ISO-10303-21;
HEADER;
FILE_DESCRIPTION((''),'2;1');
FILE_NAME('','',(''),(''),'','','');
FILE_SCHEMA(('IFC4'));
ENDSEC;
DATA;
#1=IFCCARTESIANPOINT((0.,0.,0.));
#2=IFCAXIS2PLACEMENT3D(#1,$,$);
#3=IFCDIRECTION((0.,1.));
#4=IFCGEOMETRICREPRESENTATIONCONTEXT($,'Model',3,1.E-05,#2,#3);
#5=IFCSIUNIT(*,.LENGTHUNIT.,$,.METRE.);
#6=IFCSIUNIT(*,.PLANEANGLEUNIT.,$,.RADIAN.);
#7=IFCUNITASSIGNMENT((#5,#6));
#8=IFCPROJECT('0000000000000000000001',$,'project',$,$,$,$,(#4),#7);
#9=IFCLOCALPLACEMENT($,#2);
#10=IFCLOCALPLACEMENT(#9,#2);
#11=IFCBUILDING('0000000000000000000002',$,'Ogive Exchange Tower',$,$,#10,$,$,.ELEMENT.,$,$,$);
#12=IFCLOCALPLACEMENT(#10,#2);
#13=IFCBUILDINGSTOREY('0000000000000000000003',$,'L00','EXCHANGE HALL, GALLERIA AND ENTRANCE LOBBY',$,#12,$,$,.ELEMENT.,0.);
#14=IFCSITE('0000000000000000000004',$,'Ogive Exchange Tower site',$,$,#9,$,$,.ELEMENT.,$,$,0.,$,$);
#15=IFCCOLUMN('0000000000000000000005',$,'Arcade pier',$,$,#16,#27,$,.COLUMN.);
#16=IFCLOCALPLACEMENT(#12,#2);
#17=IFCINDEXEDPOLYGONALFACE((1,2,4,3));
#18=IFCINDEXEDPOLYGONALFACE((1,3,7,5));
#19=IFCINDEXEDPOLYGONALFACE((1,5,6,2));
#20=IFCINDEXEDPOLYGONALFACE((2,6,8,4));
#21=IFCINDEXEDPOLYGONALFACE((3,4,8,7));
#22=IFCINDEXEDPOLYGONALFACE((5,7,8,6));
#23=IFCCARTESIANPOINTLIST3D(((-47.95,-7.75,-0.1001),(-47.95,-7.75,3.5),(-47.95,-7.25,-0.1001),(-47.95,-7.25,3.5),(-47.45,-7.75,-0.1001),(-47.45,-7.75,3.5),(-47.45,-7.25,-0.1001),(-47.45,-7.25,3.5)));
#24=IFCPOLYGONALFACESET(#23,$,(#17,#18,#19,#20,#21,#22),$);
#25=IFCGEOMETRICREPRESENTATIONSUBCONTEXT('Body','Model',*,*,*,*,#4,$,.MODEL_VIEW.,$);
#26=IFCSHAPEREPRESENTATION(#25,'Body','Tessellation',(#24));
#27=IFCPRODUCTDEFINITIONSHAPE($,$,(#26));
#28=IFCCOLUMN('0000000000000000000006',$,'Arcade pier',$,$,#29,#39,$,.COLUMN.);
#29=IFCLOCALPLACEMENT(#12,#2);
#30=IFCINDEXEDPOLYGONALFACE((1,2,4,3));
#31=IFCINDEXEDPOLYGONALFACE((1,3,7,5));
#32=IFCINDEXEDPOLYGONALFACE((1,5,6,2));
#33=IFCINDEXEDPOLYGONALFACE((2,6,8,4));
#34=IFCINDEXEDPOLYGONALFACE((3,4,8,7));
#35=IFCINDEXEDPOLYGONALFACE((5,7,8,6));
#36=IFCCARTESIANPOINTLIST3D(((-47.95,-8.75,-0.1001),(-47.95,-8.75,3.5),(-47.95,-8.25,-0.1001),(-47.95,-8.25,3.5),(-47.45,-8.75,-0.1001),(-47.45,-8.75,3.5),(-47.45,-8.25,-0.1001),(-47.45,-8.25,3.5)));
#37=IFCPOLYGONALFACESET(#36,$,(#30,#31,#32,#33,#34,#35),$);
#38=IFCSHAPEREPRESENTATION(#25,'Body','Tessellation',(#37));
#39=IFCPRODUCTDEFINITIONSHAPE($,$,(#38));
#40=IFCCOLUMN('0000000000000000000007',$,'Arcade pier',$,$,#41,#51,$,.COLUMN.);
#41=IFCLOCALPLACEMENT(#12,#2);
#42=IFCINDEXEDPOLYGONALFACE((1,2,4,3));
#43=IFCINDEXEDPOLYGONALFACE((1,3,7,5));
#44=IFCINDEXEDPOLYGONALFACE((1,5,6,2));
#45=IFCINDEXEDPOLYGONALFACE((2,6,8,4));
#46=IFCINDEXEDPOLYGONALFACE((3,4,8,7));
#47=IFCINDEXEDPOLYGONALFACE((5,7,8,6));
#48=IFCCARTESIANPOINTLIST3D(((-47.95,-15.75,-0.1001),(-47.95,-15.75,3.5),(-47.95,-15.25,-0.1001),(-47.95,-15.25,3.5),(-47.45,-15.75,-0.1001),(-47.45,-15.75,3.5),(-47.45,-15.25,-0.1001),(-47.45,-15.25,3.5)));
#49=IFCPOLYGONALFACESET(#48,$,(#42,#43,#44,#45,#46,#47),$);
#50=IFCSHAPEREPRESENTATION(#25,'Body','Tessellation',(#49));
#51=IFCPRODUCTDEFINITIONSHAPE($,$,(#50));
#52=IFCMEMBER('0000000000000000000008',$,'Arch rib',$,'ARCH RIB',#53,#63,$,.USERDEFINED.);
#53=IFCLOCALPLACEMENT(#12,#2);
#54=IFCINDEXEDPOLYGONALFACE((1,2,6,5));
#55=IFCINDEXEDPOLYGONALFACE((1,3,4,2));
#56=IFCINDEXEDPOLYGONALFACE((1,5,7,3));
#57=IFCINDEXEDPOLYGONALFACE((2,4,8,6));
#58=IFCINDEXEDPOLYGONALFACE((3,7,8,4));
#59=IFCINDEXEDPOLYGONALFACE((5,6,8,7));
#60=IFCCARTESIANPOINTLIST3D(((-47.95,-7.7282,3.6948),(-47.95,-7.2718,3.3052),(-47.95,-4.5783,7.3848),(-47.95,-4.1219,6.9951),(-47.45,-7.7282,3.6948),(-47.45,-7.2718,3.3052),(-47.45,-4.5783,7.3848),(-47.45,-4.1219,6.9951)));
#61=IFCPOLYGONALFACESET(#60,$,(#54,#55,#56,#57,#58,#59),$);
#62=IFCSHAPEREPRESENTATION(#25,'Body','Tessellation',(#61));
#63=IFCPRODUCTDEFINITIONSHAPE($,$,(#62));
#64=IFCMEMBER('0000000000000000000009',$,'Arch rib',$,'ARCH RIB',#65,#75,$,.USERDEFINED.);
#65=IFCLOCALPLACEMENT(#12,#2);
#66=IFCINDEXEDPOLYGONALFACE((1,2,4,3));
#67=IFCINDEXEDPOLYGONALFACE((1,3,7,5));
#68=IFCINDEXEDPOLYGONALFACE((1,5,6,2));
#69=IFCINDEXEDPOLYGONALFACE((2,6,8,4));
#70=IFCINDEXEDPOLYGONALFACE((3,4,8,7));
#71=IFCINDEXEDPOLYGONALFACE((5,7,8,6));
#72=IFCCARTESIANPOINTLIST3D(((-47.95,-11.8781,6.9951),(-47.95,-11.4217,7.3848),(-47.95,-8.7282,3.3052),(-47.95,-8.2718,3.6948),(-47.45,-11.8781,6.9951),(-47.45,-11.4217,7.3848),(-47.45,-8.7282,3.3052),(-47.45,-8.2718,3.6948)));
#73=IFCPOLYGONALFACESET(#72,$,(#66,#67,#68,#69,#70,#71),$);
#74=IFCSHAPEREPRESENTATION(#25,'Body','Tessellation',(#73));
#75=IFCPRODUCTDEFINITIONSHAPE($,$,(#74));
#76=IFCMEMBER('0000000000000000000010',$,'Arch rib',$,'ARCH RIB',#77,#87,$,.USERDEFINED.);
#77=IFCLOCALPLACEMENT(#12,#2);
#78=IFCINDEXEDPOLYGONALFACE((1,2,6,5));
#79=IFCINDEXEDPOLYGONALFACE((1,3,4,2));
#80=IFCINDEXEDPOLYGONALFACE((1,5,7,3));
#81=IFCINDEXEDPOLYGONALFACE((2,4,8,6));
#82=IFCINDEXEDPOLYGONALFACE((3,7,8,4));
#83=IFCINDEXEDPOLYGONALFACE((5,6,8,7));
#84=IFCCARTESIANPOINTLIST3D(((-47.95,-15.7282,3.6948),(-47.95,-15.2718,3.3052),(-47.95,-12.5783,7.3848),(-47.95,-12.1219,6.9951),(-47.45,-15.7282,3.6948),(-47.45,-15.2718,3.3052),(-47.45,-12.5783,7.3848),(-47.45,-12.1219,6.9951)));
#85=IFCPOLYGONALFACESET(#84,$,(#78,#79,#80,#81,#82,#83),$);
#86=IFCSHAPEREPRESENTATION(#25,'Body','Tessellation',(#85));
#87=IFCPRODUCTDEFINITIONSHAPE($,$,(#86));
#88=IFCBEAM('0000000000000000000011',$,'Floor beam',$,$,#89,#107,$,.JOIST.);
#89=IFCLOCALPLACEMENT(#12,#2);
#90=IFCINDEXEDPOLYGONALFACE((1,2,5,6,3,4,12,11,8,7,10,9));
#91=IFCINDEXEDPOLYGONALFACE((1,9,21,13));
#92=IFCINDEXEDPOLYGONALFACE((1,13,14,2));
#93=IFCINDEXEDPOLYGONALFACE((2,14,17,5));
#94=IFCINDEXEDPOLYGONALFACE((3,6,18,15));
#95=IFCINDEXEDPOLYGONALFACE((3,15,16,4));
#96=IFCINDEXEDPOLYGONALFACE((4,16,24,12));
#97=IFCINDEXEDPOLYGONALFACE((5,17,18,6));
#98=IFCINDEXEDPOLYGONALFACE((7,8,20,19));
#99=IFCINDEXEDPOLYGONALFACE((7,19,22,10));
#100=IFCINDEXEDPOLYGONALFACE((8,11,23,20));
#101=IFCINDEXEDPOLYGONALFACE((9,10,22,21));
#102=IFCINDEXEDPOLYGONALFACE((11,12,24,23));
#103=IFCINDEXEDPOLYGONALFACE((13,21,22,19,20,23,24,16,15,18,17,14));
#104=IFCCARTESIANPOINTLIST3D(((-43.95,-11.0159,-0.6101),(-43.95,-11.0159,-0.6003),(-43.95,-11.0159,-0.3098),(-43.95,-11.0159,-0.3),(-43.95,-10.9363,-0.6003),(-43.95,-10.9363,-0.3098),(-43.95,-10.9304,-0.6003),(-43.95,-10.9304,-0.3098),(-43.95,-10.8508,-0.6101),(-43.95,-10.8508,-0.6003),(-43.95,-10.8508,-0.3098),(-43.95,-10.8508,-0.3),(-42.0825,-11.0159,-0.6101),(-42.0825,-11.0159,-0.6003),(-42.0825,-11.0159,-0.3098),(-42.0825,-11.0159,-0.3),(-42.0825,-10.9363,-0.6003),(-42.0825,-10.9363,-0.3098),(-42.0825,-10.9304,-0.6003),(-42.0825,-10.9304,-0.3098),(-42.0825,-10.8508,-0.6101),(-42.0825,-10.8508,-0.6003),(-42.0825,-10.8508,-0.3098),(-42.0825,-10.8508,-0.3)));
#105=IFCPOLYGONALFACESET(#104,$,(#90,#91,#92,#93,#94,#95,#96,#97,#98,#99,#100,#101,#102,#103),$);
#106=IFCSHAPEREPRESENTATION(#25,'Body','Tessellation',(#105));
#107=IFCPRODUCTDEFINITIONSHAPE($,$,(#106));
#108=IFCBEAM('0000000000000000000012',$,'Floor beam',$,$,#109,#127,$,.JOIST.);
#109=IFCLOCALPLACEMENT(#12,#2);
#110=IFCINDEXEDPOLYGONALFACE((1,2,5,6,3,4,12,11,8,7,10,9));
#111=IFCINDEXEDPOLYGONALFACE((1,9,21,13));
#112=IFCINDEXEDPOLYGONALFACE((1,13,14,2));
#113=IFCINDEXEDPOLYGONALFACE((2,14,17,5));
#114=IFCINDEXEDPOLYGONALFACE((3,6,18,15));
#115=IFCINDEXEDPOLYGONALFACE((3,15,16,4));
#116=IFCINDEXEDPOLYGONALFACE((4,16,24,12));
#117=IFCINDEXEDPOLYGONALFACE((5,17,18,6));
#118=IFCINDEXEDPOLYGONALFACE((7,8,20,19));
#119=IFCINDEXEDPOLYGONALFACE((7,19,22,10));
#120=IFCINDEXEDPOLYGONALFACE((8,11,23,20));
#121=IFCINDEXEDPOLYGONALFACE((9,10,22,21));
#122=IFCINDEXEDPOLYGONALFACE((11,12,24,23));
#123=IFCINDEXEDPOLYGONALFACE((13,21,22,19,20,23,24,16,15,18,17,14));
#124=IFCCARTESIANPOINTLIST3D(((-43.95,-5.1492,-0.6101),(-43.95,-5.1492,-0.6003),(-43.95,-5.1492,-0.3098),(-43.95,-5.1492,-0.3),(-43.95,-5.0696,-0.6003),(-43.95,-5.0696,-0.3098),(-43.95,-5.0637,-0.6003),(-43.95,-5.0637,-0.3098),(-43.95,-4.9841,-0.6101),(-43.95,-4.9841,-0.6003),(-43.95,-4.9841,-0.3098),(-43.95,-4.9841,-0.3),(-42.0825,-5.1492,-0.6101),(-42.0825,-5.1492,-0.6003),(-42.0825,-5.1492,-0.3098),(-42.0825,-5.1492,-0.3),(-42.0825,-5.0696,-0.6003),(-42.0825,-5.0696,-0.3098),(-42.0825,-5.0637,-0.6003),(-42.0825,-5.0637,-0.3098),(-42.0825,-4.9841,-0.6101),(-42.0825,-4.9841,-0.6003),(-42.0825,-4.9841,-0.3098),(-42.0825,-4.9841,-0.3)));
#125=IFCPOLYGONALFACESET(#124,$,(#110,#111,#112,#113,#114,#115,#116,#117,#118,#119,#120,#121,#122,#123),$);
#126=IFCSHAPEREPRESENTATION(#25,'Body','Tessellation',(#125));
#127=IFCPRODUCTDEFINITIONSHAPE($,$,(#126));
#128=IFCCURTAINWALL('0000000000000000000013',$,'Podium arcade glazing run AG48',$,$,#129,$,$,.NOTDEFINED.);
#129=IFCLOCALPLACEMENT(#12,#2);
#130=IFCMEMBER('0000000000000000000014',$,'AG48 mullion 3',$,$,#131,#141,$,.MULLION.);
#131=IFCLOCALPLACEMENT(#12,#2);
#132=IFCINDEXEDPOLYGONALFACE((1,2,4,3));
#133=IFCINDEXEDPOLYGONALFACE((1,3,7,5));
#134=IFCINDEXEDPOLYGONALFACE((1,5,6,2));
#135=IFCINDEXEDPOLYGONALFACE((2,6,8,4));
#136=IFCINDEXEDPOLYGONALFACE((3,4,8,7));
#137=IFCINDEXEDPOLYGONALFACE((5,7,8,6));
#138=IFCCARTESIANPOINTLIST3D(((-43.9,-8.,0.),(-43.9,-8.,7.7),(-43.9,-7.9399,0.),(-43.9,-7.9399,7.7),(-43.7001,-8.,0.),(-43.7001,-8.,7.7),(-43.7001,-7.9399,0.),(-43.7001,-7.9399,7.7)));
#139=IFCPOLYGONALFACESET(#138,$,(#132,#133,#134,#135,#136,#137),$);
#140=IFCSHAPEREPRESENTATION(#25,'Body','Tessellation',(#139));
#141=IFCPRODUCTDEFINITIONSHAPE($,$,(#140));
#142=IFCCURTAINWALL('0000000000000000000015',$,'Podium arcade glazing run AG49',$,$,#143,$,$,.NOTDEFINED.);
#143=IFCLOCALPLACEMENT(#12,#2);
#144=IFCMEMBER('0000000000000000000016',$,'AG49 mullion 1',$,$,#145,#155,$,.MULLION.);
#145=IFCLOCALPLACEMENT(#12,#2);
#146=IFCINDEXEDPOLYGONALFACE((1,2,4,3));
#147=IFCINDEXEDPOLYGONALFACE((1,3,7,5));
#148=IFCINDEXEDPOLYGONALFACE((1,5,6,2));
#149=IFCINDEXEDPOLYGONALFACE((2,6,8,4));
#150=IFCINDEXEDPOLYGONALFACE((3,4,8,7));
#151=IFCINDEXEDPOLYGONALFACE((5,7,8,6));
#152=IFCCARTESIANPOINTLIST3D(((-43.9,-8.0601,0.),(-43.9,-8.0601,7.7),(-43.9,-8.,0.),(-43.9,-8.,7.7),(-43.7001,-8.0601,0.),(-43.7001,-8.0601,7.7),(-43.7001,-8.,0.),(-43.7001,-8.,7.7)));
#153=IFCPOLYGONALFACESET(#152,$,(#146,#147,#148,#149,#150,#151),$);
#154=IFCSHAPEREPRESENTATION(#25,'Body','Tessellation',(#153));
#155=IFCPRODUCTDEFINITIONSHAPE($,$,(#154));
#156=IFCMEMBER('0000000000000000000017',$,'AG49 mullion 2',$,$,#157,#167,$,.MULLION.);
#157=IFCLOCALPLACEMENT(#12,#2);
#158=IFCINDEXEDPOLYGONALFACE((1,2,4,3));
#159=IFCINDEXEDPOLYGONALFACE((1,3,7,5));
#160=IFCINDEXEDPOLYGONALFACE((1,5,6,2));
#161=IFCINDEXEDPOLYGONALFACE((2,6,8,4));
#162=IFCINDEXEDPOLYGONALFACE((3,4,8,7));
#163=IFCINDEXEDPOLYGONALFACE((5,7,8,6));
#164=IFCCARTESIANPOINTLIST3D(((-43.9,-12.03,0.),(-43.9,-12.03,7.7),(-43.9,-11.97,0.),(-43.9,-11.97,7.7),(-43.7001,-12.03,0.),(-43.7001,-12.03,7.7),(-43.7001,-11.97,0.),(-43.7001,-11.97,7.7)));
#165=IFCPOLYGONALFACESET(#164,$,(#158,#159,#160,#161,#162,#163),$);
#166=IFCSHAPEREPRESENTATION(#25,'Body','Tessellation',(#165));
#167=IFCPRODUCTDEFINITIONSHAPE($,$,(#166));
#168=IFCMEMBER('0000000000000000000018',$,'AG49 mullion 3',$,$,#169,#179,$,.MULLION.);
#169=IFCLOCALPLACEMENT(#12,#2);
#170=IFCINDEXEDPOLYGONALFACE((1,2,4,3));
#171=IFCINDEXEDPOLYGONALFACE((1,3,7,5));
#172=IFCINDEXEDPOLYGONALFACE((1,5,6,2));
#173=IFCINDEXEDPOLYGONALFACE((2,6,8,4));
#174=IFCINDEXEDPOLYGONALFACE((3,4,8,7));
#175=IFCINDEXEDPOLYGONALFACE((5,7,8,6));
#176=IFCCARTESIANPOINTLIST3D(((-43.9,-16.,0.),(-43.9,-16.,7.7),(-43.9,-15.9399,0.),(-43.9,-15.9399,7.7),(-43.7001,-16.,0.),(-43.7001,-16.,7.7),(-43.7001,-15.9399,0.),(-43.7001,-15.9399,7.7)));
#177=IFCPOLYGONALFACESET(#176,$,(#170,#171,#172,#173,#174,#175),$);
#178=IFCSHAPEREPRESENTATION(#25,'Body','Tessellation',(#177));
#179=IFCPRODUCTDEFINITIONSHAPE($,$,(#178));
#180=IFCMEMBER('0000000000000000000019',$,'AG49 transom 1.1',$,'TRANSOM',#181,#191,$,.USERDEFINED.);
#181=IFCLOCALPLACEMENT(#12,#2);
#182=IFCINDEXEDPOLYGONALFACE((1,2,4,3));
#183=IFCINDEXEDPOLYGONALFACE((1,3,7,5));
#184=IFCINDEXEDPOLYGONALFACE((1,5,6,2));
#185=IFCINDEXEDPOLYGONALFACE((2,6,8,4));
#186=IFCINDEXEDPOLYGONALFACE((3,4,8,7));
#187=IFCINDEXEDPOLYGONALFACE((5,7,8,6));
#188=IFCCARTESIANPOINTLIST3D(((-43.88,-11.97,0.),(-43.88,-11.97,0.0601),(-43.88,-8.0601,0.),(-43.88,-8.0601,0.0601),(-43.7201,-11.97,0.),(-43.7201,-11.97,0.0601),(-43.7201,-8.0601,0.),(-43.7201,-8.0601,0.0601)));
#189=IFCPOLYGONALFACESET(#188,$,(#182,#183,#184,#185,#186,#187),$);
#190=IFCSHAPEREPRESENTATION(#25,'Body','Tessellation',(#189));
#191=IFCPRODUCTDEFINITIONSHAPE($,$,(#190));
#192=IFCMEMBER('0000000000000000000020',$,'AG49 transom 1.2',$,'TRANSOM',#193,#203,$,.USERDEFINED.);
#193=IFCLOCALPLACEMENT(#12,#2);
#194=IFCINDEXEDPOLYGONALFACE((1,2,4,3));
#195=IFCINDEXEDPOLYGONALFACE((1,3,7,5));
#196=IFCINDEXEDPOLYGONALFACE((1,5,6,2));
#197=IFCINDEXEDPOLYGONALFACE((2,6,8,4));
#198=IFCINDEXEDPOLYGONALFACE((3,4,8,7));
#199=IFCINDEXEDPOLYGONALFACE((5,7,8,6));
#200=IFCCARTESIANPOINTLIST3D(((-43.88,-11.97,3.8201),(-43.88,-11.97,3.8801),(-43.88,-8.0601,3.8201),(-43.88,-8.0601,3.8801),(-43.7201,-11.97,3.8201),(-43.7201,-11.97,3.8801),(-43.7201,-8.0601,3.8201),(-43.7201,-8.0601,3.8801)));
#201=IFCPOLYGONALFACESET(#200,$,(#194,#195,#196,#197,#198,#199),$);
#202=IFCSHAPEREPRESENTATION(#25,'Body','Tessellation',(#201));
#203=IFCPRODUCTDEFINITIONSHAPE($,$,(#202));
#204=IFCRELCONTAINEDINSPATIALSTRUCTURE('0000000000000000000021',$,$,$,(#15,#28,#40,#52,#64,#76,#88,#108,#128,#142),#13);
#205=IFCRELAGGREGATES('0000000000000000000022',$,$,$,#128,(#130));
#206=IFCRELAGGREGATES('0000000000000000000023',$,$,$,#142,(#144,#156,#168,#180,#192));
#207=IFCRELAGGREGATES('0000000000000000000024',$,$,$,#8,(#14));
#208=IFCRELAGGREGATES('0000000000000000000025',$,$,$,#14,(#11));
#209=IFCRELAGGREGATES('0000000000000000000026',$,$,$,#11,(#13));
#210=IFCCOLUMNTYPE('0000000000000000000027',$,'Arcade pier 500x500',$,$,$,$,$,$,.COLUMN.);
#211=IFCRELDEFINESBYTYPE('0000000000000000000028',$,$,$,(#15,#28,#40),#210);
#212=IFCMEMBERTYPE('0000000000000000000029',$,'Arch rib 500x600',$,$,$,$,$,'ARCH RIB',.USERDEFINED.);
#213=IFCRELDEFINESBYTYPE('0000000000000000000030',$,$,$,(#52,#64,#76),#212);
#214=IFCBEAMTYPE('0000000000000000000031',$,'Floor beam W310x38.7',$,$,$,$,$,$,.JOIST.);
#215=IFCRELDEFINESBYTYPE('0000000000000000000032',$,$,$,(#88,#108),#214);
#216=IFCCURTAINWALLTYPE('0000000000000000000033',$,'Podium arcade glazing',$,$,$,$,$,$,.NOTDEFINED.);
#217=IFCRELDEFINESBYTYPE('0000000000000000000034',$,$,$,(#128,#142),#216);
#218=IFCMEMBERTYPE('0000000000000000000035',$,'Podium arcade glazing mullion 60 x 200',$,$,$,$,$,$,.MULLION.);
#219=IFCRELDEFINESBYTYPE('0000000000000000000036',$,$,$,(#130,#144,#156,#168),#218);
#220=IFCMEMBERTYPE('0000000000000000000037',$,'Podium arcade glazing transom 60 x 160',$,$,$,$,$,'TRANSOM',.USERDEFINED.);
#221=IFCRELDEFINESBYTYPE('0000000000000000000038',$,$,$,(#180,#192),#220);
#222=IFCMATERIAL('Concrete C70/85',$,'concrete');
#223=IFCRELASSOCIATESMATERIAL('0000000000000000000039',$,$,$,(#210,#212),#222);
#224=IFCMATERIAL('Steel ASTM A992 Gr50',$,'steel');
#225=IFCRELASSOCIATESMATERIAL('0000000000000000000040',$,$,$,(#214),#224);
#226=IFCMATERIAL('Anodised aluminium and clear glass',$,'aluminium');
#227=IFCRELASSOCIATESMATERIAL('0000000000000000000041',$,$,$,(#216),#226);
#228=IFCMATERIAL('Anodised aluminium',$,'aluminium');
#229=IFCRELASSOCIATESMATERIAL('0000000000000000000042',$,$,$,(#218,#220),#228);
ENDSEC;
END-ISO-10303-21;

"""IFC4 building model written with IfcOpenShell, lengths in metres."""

from ifc_helpers import new_model, si_unit, direction, frame, origin, origin_2d, place, context, subcontext, project, spatial, rectangle, i_section, extrude, material, material_profile, profile_set, type_object, element, aggregate, save


model = new_model("IFC4")

# Units and contexts
model_context = context("Model", 3, precision=1e-05, world=origin(), true_north=direction((0.0, 1.0)))
body_context = subcontext(model_context, "Body", "Model", "MODEL_VIEW")
ifc_project = project(units=[si_unit("LENGTHUNIT", "METRE"), si_unit("PLANEANGLEUNIT", "RADIAN")], contexts=[model_context])

# Site, building, storey
site_placement = place(None, origin())
site = spatial("IfcSite", under=ifc_project, at=site_placement, Name="Ogive Exchange Tower site", CompositionType="ELEMENT", RefElevation=0.0)
building_placement = place(site_placement, origin())
building = spatial("IfcBuilding", under=site, at=building_placement, Name="Ogive Exchange Tower", CompositionType="ELEMENT")
storey_placement = place(building_placement, origin())
storey = spatial("IfcBuildingStorey", under=building, at=storey_placement, Name="L00", Description="EXCHANGE HALL, GALLERIA AND ENTRANCE LOBBY", CompositionType="ELEMENT", Elevation=0.0)

# Columns
ifc_material_1 = material(Name="Concrete C70/85", Category="concrete")
ifc_material_profile_1 = material_profile(ifc_material_1, rectangle(XDim=0.5, YDim=0.5, at=origin_2d()), Name="RC 500x500")
ifc_profile_set_1 = profile_set([ifc_material_profile_1], Name="Concrete C70/85")
column_type = type_object("IfcColumnType", Name="Arcade pier 500x500", PredefinedType="COLUMN", material=ifc_profile_set_1)
for number, where, z_axis, x_axis, name in (
    (1, (-47.7, -7.5, -0.1001), (0.0, 0.0, 1.0), (1.0, 0.0, 0.0), "Arcade pier"),
    (2, (-47.7, -8.5, -0.1001), (0.0, 0.0, 1.0), (1.0, 0.0, 0.0), "Arcade pier"),
    (3, (-47.7, -15.5, -0.1001), (0.0, 0.0, 1.0), (1.0, 0.0, 0.0), "Arcade pier"),
):
    element("IfcColumn", number, at=place(storey_placement, frame(where, z_axis=z_axis, x_axis=x_axis)), inside=storey, type_object=column_type, Name=name, PredefinedType="COLUMN", context=body_context, shape_type="SweptSolid", body=[
        extrude(rectangle(XDim=0.5, YDim=0.5, at=origin_2d()), origin(), (0.0, 0.0, 1.0), 3.6001),
    ])

# Members
ifc_material_profile_2 = material_profile(ifc_material_1, rectangle(XDim=0.5, YDim=0.6001, at=origin_2d()), Name="PC 500x600")
ifc_profile_set_2 = profile_set([ifc_material_profile_2], Name="Concrete C70/85")
member_type_1 = type_object("IfcMemberType", Name="Arch rib 500x600", ElementType="ARCH RIB", PredefinedType="USERDEFINED", material=ifc_profile_set_2)
for number, where, z_axis, x_axis, name in (
    (4, (-47.7, -7.5, 3.5), (0.0, 0.649257, 0.760569), (-1.0, 0.0, 0.0), "Arch rib"),
    (5, (-47.7, -8.5, 3.5), (0.0, -0.649257, 0.760569), (1.0, 0.0, 0.0), "Arch rib"),
    (6, (-47.7, -15.5, 3.5), (0.0, 0.649257, 0.760569), (-1.0, 0.0, 0.0), "Arch rib"),
):
    element("IfcMember", number, at=place(storey_placement, frame(where, z_axis=z_axis, x_axis=x_axis)), inside=storey, type_object=member_type_1, Name=name, ObjectType="ARCH RIB", PredefinedType="USERDEFINED", context=body_context, shape_type="SweptSolid", body=[
        extrude(rectangle(XDim=0.5, YDim=0.6001, at=origin_2d()), origin(), (0.0, 0.0, 1.0), 4.8516),
    ])

# Beams
ifc_material_2 = material(Name="Steel ASTM A992 Gr50", Category="steel")
ifc_material_profile_3 = material_profile(ifc_material_2, i_section(OverallWidth=0.165, OverallDepth=0.3101, WebThickness=0.0059, FlangeThickness=0.0098, at=origin_2d()), Name="W310x38.7")
ifc_profile_set_3 = profile_set([ifc_material_profile_3], Name="Steel ASTM A992 Gr50")
beam_type = type_object("IfcBeamType", Name="Floor beam W310x38.7", PredefinedType="JOIST", material=ifc_profile_set_3)
for number, where, z_axis, x_axis, name in (
    (7, (-43.95, -10.9333, -0.4551), (1.0, 0.0, 0.0), (0.0, 1.0, 0.0), "Floor beam"),
    (8, (-43.95, -5.0667, -0.4551), (1.0, 0.0, 0.0), (0.0, 1.0, 0.0), "Floor beam"),
):
    element("IfcBeam", number, at=place(storey_placement, frame(where, z_axis=z_axis, x_axis=x_axis)), inside=storey, type_object=beam_type, Name=name, PredefinedType="JOIST", context=body_context, shape_type="SweptSolid", body=[
        extrude(i_section(OverallWidth=0.165, OverallDepth=0.3101, WebThickness=0.0059, FlangeThickness=0.0098, at=origin_2d()), origin(), (0.0, 0.0, 1.0), 1.8674),
    ])

# Curtain wall, member
ifc_material_3 = material(Name="Anodised aluminium and clear glass", Category="aluminium")
curtain_wall_type = type_object("IfcCurtainWallType", Name="Podium arcade glazing", PredefinedType="NOTDEFINED", material=ifc_material_3)
curtain_wall_1_placement = place(storey_placement, origin())
curtain_wall_1 = element("IfcCurtainWall", 9, at=curtain_wall_1_placement, inside=storey, type_object=curtain_wall_type, Name="Podium arcade glazing run AG48", PredefinedType="NOTDEFINED")
ifc_material_4 = material(Name="Anodised aluminium", Category="aluminium")
ifc_material_profile_4 = material_profile(ifc_material_4, rectangle(XDim=0.2, YDim=0.0601, at=origin_2d()), Name="AL 60x200")
ifc_profile_set_4 = profile_set([ifc_material_profile_4], Name="Anodised aluminium")
member_type_2 = type_object("IfcMemberType", Name="Podium arcade glazing mullion 60 x 200", PredefinedType="MULLION", material=ifc_profile_set_4)
member_1_placement = place(storey_placement, frame((-43.8, -7.97, 0.0), z_axis=(0.0, 0.0, 1.0), x_axis=(1.0, 0.0, 0.0)))
member_1 = element("IfcMember", 10, at=member_1_placement, type_object=member_type_2, Name="AG48 mullion 3", PredefinedType="MULLION", context=body_context, shape_type="SweptSolid", body=[
    extrude(rectangle(XDim=0.2, YDim=0.0601, at=origin_2d()), origin(), (0.0, 0.0, 1.0), 7.7),
])

# Curtain wall, members
curtain_wall_2_placement = place(storey_placement, origin())
curtain_wall_2 = element("IfcCurtainWall", 11, at=curtain_wall_2_placement, inside=storey, type_object=curtain_wall_type, Name="Podium arcade glazing run AG49", PredefinedType="NOTDEFINED")
member_2_placement = place(storey_placement, frame((-43.8, -8.03, 0.0), z_axis=(0.0, 0.0, 1.0), x_axis=(1.0, 0.0, 0.0)))
member_2 = element("IfcMember", 12, at=member_2_placement, type_object=member_type_2, Name="AG49 mullion 1", PredefinedType="MULLION", context=body_context, shape_type="SweptSolid", body=[
    extrude(rectangle(XDim=0.2, YDim=0.0601, at=origin_2d()), origin(), (0.0, 0.0, 1.0), 7.7),
])
member_3_placement = place(storey_placement, frame((-43.8, -12.0, 0.0), z_axis=(0.0, 0.0, 1.0), x_axis=(1.0, 0.0, 0.0)))
member_3 = element("IfcMember", 13, at=member_3_placement, type_object=member_type_2, Name="AG49 mullion 2", PredefinedType="MULLION", context=body_context, shape_type="SweptSolid", body=[
    extrude(rectangle(XDim=0.2, YDim=0.0601, at=origin_2d()), origin(), (0.0, 0.0, 1.0), 7.7),
])
member_4_placement = place(storey_placement, frame((-43.8, -15.97, 0.0), z_axis=(0.0, 0.0, 1.0), x_axis=(1.0, 0.0, 0.0)))
member_4 = element("IfcMember", 14, at=member_4_placement, type_object=member_type_2, Name="AG49 mullion 3", PredefinedType="MULLION", context=body_context, shape_type="SweptSolid", body=[
    extrude(rectangle(XDim=0.2, YDim=0.0601, at=origin_2d()), origin(), (0.0, 0.0, 1.0), 7.7),
])
ifc_material_profile_5 = material_profile(ifc_material_4, rectangle(XDim=0.1599, YDim=0.0601, at=origin_2d()), Name="AL 60x160")
ifc_profile_set_5 = profile_set([ifc_material_profile_5], Name="Anodised aluminium")
member_type_3 = type_object("IfcMemberType", Name="Podium arcade glazing transom 60 x 160", ElementType="TRANSOM", PredefinedType="USERDEFINED", material=ifc_profile_set_5)
member_5_placement = place(storey_placement, frame((-43.8, -8.0601, 0.03), z_axis=(0.0, -1.0, 0.0), x_axis=(1.0, 0.0, 0.0)))
member_5 = element("IfcMember", 15, at=member_5_placement, type_object=member_type_3, Name="AG49 transom 1.1", ObjectType="TRANSOM", PredefinedType="USERDEFINED", context=body_context, shape_type="SweptSolid", body=[
    extrude(rectangle(XDim=0.1599, YDim=0.0601, at=origin_2d()), origin(), (0.0, 0.0, 1.0), 3.9099),
])
member_6_placement = place(storey_placement, frame((-43.8, -8.0601, 3.8501), z_axis=(0.0, -1.0, 0.0), x_axis=(1.0, 0.0, 0.0)))
member_6 = element("IfcMember", 16, at=member_6_placement, type_object=member_type_3, Name="AG49 transom 1.2", ObjectType="TRANSOM", PredefinedType="USERDEFINED", context=body_context, shape_type="SweptSolid", body=[
    extrude(rectangle(XDim=0.1599, YDim=0.0601, at=origin_2d()), origin(), (0.0, 0.0, 1.0), 3.9099),
])

aggregate(curtain_wall_1, [member_1])
aggregate(curtain_wall_2, [member_2, member_3, member_4, member_5, member_6])

save(model, "model.ifc")
